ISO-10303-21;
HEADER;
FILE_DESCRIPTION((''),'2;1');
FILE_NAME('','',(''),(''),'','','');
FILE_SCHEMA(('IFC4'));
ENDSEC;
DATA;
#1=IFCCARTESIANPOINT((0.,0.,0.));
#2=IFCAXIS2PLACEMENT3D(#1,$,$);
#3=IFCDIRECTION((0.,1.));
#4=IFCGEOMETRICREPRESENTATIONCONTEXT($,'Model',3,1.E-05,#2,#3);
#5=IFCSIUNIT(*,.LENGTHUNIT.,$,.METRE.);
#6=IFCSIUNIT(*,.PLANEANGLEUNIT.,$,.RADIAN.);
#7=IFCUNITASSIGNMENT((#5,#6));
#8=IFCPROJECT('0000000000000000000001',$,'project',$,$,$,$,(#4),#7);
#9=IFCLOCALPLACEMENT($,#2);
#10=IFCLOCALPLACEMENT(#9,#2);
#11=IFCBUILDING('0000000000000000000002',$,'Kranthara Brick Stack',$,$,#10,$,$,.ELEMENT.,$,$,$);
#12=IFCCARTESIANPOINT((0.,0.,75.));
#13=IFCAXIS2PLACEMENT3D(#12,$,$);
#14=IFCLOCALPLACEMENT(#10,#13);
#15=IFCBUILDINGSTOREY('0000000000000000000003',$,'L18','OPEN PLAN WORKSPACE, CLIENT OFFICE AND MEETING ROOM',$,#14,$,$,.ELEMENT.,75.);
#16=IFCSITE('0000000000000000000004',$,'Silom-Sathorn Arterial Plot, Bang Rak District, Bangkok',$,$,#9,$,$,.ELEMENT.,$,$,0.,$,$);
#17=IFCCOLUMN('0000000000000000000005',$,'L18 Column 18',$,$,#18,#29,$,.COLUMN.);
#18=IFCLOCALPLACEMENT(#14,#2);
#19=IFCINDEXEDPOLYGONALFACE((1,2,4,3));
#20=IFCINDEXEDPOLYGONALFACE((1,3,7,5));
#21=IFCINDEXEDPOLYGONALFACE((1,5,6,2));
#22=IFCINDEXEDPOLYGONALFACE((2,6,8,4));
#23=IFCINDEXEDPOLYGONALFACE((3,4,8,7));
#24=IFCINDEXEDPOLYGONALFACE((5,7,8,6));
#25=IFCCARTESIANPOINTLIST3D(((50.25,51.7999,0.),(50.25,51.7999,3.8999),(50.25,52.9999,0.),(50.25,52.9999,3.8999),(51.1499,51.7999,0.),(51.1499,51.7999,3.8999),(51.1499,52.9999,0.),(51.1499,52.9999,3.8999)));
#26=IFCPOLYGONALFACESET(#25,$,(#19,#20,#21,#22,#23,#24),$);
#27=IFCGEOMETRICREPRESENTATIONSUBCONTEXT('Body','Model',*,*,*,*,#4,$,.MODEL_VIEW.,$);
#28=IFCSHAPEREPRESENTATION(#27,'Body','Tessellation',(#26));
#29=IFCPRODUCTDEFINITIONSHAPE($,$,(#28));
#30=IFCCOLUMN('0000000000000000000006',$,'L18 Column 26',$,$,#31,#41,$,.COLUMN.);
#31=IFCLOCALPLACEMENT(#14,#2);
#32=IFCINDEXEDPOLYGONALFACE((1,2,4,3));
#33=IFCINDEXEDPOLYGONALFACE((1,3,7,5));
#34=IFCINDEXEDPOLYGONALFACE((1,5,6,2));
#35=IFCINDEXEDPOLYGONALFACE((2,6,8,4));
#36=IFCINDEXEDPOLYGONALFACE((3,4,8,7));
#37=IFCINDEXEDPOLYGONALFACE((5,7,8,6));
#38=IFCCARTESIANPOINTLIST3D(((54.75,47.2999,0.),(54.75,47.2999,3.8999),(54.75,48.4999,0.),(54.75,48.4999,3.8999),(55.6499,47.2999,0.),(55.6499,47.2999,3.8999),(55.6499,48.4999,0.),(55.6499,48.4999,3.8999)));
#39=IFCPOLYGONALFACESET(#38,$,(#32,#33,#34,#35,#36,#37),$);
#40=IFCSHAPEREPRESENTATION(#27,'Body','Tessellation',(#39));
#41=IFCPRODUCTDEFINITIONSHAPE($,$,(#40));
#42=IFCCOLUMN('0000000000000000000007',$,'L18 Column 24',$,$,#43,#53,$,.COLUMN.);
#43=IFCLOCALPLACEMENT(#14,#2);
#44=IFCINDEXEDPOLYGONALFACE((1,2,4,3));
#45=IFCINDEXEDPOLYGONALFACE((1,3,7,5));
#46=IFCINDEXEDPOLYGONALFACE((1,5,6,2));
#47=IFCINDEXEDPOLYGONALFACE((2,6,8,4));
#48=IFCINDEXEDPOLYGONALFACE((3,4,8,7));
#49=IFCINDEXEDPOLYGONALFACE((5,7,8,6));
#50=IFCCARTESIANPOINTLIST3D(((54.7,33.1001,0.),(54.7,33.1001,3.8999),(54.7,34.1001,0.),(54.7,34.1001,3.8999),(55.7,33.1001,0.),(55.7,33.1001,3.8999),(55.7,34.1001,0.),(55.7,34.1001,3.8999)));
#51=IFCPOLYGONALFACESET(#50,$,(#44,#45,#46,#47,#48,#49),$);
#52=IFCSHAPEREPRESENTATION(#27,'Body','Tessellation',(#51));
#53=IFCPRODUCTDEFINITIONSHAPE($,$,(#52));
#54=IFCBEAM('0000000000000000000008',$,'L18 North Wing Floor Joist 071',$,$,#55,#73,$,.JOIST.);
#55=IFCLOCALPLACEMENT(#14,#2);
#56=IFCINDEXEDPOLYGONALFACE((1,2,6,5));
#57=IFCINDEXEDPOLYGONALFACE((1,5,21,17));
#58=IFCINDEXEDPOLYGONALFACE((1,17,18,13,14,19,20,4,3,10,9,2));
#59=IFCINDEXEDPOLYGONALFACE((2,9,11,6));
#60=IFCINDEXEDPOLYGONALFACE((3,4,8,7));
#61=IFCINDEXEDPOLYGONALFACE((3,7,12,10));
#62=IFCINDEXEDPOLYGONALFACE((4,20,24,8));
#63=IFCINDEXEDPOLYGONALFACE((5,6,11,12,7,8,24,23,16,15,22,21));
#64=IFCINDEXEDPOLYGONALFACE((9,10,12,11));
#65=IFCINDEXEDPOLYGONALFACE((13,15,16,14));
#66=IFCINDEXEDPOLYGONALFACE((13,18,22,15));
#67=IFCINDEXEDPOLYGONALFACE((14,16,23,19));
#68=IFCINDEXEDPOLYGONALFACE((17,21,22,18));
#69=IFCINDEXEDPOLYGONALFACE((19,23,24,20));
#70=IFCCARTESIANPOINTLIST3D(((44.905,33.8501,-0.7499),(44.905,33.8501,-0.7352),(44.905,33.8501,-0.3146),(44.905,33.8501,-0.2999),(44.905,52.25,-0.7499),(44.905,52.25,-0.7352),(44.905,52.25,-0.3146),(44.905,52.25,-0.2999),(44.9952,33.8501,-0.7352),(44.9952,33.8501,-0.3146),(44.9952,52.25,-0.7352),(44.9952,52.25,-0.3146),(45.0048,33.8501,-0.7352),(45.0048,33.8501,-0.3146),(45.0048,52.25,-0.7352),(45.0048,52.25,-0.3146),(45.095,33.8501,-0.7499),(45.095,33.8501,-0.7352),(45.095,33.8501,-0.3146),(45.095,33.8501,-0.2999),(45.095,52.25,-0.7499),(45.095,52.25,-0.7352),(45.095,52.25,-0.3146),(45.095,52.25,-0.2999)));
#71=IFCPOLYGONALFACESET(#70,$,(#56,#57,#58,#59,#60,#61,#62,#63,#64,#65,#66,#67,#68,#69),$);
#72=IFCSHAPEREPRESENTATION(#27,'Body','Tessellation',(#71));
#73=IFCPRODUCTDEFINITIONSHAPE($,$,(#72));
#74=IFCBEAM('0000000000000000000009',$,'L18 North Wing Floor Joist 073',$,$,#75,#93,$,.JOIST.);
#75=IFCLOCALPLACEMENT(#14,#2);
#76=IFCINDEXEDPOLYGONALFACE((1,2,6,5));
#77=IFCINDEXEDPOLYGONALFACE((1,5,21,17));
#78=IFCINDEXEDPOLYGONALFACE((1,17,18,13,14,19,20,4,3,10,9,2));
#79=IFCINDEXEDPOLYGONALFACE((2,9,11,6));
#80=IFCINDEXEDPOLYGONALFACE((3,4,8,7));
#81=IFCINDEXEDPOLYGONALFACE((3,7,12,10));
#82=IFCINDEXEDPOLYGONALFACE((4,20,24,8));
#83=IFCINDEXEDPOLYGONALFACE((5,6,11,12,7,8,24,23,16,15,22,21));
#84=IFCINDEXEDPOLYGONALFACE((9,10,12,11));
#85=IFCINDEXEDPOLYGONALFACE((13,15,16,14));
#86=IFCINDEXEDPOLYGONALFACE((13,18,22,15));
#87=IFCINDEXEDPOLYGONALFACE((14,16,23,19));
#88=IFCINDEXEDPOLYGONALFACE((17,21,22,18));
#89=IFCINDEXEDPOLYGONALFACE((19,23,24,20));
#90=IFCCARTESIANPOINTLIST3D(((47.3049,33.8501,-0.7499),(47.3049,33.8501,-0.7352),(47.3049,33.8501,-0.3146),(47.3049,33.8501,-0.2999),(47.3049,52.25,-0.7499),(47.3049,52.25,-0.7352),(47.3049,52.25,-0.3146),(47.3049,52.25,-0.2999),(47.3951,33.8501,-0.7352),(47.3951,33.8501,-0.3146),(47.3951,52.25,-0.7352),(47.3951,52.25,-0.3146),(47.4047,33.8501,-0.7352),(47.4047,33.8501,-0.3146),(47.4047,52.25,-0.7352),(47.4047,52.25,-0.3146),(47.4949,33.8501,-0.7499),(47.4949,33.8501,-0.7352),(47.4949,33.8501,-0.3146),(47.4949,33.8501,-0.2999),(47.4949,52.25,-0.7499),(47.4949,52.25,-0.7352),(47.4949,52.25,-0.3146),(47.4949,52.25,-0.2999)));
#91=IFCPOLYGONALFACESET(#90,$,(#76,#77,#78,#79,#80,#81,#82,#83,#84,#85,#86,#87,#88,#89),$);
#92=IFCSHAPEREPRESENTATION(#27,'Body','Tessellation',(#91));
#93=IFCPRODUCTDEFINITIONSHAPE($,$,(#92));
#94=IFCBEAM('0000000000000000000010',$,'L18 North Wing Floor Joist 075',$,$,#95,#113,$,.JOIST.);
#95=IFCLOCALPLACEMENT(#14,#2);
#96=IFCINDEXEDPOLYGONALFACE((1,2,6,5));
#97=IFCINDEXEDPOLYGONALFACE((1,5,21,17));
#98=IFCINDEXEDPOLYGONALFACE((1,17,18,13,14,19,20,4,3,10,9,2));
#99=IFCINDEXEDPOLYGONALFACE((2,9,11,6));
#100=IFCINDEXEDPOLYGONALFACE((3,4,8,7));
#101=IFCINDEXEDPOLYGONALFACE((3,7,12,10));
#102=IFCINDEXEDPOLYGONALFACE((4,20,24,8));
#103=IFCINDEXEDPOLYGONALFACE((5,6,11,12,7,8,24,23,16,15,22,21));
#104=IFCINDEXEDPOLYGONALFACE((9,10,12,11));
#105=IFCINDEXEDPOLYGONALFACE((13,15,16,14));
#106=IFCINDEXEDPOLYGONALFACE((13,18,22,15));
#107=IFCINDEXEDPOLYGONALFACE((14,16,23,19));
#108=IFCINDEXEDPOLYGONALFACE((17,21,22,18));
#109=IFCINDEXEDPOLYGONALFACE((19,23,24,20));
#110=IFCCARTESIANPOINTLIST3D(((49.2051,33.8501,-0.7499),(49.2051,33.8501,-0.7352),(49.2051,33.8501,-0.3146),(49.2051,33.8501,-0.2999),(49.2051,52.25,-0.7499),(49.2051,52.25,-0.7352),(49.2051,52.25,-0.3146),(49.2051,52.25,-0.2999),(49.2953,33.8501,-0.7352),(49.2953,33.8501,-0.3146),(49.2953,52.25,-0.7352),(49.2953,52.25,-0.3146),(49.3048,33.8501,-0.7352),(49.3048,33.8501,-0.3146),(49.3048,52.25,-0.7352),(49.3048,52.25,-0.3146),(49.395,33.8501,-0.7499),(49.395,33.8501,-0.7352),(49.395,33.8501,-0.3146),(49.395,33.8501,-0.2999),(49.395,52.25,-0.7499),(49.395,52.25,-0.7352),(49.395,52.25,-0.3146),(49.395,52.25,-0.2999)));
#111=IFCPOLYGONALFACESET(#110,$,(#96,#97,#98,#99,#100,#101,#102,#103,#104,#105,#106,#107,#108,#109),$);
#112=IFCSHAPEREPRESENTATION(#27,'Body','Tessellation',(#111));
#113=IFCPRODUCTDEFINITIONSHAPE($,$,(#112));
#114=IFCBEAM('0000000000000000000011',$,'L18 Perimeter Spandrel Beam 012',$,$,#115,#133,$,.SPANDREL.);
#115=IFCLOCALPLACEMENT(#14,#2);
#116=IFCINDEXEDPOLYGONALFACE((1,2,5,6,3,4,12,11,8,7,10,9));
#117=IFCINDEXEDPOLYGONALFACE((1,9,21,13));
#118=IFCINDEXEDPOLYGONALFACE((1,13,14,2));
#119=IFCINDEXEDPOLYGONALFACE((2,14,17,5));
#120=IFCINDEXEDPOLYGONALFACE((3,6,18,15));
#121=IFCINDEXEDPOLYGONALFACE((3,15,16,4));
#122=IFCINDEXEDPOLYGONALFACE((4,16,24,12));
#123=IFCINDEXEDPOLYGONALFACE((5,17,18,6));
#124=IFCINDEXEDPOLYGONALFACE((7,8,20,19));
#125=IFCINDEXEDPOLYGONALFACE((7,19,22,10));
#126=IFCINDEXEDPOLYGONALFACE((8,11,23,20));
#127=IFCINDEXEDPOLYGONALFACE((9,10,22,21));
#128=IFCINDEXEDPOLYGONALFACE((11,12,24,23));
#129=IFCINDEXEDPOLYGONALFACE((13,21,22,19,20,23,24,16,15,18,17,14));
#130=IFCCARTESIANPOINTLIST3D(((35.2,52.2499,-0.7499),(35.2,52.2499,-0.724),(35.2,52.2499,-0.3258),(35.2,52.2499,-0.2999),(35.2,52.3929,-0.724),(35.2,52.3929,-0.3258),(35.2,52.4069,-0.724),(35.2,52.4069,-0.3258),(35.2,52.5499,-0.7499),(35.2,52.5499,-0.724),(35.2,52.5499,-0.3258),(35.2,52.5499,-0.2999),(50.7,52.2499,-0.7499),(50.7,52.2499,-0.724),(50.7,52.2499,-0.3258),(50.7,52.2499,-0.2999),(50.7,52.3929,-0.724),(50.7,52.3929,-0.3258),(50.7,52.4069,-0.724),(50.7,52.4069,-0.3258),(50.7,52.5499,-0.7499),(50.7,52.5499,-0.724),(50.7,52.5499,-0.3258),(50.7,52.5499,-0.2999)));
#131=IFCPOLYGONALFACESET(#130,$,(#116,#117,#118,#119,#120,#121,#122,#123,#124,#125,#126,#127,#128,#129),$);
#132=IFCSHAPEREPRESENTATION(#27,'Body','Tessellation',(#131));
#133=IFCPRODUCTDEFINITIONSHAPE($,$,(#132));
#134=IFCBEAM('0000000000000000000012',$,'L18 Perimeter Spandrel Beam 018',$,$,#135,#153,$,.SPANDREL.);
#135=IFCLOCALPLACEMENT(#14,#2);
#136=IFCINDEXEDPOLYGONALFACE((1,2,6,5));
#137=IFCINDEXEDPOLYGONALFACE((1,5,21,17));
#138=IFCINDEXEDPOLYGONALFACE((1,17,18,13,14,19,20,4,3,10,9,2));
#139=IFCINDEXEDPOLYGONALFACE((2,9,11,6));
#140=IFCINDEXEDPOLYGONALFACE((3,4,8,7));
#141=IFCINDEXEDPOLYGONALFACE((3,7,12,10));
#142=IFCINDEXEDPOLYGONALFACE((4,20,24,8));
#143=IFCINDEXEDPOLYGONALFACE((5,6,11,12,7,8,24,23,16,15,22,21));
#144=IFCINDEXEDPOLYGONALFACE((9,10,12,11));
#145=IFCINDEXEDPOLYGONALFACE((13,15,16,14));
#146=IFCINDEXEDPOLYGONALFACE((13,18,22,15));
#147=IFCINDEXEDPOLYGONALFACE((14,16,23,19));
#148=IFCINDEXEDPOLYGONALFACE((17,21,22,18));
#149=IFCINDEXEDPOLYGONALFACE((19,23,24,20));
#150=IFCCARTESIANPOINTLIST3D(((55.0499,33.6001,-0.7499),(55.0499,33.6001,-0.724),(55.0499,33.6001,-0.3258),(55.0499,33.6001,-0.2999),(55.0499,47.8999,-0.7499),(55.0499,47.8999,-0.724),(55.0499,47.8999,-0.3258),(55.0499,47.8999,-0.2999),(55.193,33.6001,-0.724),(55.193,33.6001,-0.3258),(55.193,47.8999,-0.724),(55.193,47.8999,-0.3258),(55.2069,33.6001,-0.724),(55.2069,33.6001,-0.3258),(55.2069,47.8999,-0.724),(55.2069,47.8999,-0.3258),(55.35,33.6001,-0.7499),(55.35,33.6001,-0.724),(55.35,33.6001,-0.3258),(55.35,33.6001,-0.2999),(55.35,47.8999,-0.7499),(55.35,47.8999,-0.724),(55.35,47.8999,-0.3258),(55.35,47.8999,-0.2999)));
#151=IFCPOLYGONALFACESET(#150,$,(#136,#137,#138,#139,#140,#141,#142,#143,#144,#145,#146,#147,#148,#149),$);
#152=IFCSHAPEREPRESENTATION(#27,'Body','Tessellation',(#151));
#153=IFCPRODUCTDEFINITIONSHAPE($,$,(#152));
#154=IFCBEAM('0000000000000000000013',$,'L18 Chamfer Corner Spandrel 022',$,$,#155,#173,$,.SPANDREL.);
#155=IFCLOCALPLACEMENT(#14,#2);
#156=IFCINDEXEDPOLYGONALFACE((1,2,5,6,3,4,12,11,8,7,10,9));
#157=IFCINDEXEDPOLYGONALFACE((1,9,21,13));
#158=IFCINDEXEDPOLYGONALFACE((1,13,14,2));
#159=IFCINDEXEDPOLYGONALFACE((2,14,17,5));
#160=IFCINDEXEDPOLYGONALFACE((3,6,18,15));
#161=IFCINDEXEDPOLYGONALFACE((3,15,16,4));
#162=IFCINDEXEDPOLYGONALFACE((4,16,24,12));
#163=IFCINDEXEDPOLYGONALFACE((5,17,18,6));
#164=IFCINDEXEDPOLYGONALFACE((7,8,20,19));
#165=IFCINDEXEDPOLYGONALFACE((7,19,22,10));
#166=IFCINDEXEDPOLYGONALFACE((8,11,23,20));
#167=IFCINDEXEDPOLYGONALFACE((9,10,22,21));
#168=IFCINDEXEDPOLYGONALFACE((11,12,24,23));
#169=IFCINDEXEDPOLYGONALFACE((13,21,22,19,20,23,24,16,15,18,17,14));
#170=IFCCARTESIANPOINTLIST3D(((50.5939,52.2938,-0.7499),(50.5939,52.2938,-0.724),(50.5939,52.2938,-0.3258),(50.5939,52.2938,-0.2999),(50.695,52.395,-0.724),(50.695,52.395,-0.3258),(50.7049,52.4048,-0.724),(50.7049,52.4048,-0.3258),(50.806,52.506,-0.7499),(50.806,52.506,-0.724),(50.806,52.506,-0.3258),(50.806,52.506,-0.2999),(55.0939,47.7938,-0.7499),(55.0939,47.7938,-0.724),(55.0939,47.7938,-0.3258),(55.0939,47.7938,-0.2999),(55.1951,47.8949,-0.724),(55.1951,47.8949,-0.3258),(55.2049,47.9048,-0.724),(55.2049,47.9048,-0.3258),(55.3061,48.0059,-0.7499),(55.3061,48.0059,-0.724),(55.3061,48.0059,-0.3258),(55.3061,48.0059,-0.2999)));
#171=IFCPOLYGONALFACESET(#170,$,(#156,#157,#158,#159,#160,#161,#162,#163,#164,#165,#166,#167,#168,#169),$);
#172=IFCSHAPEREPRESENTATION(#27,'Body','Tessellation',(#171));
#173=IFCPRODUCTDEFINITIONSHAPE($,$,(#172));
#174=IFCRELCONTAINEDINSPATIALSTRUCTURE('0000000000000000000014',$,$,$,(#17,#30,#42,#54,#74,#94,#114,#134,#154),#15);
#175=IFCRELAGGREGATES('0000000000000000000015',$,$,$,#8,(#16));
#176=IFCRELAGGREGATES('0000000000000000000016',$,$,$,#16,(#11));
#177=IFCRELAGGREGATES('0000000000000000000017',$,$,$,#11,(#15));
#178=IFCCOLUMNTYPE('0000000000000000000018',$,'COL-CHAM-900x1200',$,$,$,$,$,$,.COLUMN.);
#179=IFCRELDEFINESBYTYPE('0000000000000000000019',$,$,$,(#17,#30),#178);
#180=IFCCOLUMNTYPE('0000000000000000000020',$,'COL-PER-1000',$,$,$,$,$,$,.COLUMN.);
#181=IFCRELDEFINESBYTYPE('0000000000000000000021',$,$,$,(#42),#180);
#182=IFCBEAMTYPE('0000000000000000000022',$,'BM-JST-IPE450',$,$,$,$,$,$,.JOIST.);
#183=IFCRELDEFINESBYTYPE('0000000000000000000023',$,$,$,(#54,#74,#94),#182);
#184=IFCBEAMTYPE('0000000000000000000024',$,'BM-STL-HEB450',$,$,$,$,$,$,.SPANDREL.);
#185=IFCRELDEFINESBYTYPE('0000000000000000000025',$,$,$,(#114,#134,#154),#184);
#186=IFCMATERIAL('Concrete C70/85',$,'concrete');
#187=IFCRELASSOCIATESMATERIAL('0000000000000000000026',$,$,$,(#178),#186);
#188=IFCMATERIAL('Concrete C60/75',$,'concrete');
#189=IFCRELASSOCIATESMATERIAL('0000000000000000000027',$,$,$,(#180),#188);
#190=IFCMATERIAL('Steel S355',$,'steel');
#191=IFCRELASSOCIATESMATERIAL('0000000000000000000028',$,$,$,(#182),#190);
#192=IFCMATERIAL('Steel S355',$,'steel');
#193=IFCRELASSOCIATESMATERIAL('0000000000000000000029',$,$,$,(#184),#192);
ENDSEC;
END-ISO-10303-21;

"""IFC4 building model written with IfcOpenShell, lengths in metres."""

from ifc_helpers import new_model, si_unit, direction, frame, origin, origin_2d, place, context, subcontext, project, spatial, rectangle, i_section, extrude, material, material_profile, profile_set, type_object, element, save


model = new_model("IFC4")

# Units and contexts
model_context = context("Model", 3, precision=1e-05, world=origin(), true_north=direction((0.0, 1.0)))
body_context = subcontext(model_context, "Body", "Model", "MODEL_VIEW")
ifc_project = project(units=[si_unit("LENGTHUNIT", "METRE"), si_unit("PLANEANGLEUNIT", "RADIAN")], contexts=[model_context])

# Site, building, storey
site_placement = place(None, origin())
site = spatial("IfcSite", under=ifc_project, at=site_placement, Name="Silom-Sathorn Arterial Plot, Bang Rak District, Bangkok", CompositionType="ELEMENT", RefElevation=0.0)
building_placement = place(site_placement, origin())
building = spatial("IfcBuilding", under=site, at=building_placement, Name="Kranthara Brick Stack", CompositionType="ELEMENT")
storey_placement = place(building_placement, frame((0.0, 0.0, 75.0)))
storey = spatial("IfcBuildingStorey", under=building, at=storey_placement, Name="L18", Description="OPEN PLAN WORKSPACE, CLIENT OFFICE AND MEETING ROOM", CompositionType="ELEMENT", Elevation=75.0)

# Columns
ifc_material_1 = material(Name="Concrete C70/85", Category="concrete")
ifc_material_profile_1 = material_profile(ifc_material_1, rectangle(XDim=0.8999, YDim=1.2, at=origin_2d()), Name="RC 900x1200")
ifc_profile_set_1 = profile_set([ifc_material_profile_1], Name="Concrete C70/85")
column_type_1 = type_object("IfcColumnType", Name="COL-CHAM-900x1200", PredefinedType="COLUMN", material=ifc_profile_set_1)
for number, where, z_axis, x_axis, name in (
    (1, (50.7, 52.3999, 0.0), (0.0, 0.0, 1.0), (1.0, 0.0, 0.0), "L18 Column 18"),
    (2, (55.2, 47.8999, 0.0), (0.0, 0.0, 1.0), (1.0, 0.0, 0.0), "L18 Column 26"),
):
    element("IfcColumn", number, at=place(storey_placement, frame(where, z_axis=z_axis, x_axis=x_axis)), inside=storey, type_object=column_type_1, Name=name, PredefinedType="COLUMN", context=body_context, shape_type="SweptSolid", body=[
        extrude(rectangle(XDim=0.8999, YDim=1.2, at=origin_2d()), origin(), (0.0, 0.0, 1.0), 3.8999),
    ])
ifc_material_2 = material(Name="Concrete C60/75", Category="concrete")
ifc_material_profile_2 = material_profile(ifc_material_2, rectangle(XDim=1.0, YDim=1.0, at=origin_2d()), Name="RC 1000x1000")
ifc_profile_set_2 = profile_set([ifc_material_profile_2], Name="Concrete C60/75")
column_type_2 = type_object("IfcColumnType", Name="COL-PER-1000", PredefinedType="COLUMN", material=ifc_profile_set_2)
column_placement = place(storey_placement, frame((55.2, 33.6001, 0.0), z_axis=(0.0, 0.0, 1.0), x_axis=(1.0, 0.0, 0.0)))
element("IfcColumn", 3, at=column_placement, inside=storey, type_object=column_type_2, Name="L18 Column 24", PredefinedType="COLUMN", context=body_context, shape_type="SweptSolid", body=[
    extrude(rectangle(XDim=1.0, YDim=1.0, at=origin_2d()), origin(), (0.0, 0.0, 1.0), 3.8999),
])

# Beams
ifc_material_3 = material(Name="Steel S355", Category="steel")
ifc_material_profile_3 = material_profile(ifc_material_3, i_section(OverallWidth=0.1899, OverallDepth=0.45, WebThickness=0.0095, FlangeThickness=0.0146, at=origin_2d()), Name="IPE 450")
ifc_profile_set_3 = profile_set([ifc_material_profile_3], Name="Steel S355")
beam_type_1 = type_object("IfcBeamType", Name="BM-JST-IPE450", PredefinedType="JOIST", material=ifc_profile_set_3)
for number, where, z_axis, x_axis, name in (
    (4, (45.0, 33.8501, -0.5249), (0.0, 1.0, 0.0), (-1.0, 0.0, 0.0), "L18 North Wing Floor Joist 071"),
    (5, (47.3999, 33.8501, -0.5249), (0.0, 1.0, 0.0), (-1.0, 0.0, 0.0), "L18 North Wing Floor Joist 073"),
    (6, (49.3, 33.8501, -0.5249), (0.0, 1.0, 0.0), (-1.0, 0.0, 0.0), "L18 North Wing Floor Joist 075"),
):
    element("IfcBeam", number, at=place(storey_placement, frame(where, z_axis=z_axis, x_axis=x_axis)), inside=storey, type_object=beam_type_1, Name=name, PredefinedType="JOIST", context=body_context, shape_type="SweptSolid", body=[
        extrude(i_section(OverallWidth=0.1899, OverallDepth=0.45, WebThickness=0.0095, FlangeThickness=0.0146, at=origin_2d()), origin(), (0.0, 0.0, 1.0), 18.3999),
    ])
ifc_material_4 = material(Name="Steel S355", Category="steel")
ifc_material_profile_4 = material_profile(ifc_material_4, i_section(OverallWidth=0.3, OverallDepth=0.45, WebThickness=0.0139, FlangeThickness=0.0259, at=origin_2d()), Name="HEB 450")
ifc_profile_set_4 = profile_set([ifc_material_profile_4], Name="Steel S355")
beam_type_2 = type_object("IfcBeamType", Name="BM-STL-HEB450", PredefinedType="SPANDREL", material=ifc_profile_set_4)
beam_1_placement = place(storey_placement, frame((35.2, 52.3999, -0.5249), z_axis=(1.0, 0.0, 0.0), x_axis=(0.0, 1.0, 0.0)))
element("IfcBeam", 7, at=beam_1_placement, inside=storey, type_object=beam_type_2, Name="L18 Perimeter Spandrel Beam 012", PredefinedType="SPANDREL", context=body_context, shape_type="SweptSolid", body=[
    extrude(i_section(OverallWidth=0.3, OverallDepth=0.45, WebThickness=0.0139, FlangeThickness=0.0259, at=origin_2d()), origin(), (0.0, 0.0, 1.0), 15.5),
])
beam_2_placement = place(storey_placement, frame((55.2, 33.6001, -0.5249), z_axis=(0.0, 1.0, 0.0), x_axis=(-1.0, 0.0, 0.0)))
element("IfcBeam", 8, at=beam_2_placement, inside=storey, type_object=beam_type_2, Name="L18 Perimeter Spandrel Beam 018", PredefinedType="SPANDREL", context=body_context, shape_type="SweptSolid", body=[
    extrude(i_section(OverallWidth=0.3, OverallDepth=0.45, WebThickness=0.0139, FlangeThickness=0.0259, at=origin_2d()), origin(), (0.0, 0.0, 1.0), 14.2998),
])
beam_3_placement = place(storey_placement, frame((50.7, 52.3999, -0.5249), z_axis=(0.707107, -0.707107, 0.0), x_axis=(0.707107, 0.707107, 0.0)))
element("IfcBeam", 9, at=beam_3_placement, inside=storey, type_object=beam_type_2, Name="L18 Chamfer Corner Spandrel 022", PredefinedType="SPANDREL", context=body_context, shape_type="SweptSolid", body=[
    extrude(i_section(OverallWidth=0.3, OverallDepth=0.45, WebThickness=0.0139, FlangeThickness=0.0259, at=origin_2d()), origin(), (0.0, 0.0, 1.0), 6.364),
])

save(model, "model.ifc")
